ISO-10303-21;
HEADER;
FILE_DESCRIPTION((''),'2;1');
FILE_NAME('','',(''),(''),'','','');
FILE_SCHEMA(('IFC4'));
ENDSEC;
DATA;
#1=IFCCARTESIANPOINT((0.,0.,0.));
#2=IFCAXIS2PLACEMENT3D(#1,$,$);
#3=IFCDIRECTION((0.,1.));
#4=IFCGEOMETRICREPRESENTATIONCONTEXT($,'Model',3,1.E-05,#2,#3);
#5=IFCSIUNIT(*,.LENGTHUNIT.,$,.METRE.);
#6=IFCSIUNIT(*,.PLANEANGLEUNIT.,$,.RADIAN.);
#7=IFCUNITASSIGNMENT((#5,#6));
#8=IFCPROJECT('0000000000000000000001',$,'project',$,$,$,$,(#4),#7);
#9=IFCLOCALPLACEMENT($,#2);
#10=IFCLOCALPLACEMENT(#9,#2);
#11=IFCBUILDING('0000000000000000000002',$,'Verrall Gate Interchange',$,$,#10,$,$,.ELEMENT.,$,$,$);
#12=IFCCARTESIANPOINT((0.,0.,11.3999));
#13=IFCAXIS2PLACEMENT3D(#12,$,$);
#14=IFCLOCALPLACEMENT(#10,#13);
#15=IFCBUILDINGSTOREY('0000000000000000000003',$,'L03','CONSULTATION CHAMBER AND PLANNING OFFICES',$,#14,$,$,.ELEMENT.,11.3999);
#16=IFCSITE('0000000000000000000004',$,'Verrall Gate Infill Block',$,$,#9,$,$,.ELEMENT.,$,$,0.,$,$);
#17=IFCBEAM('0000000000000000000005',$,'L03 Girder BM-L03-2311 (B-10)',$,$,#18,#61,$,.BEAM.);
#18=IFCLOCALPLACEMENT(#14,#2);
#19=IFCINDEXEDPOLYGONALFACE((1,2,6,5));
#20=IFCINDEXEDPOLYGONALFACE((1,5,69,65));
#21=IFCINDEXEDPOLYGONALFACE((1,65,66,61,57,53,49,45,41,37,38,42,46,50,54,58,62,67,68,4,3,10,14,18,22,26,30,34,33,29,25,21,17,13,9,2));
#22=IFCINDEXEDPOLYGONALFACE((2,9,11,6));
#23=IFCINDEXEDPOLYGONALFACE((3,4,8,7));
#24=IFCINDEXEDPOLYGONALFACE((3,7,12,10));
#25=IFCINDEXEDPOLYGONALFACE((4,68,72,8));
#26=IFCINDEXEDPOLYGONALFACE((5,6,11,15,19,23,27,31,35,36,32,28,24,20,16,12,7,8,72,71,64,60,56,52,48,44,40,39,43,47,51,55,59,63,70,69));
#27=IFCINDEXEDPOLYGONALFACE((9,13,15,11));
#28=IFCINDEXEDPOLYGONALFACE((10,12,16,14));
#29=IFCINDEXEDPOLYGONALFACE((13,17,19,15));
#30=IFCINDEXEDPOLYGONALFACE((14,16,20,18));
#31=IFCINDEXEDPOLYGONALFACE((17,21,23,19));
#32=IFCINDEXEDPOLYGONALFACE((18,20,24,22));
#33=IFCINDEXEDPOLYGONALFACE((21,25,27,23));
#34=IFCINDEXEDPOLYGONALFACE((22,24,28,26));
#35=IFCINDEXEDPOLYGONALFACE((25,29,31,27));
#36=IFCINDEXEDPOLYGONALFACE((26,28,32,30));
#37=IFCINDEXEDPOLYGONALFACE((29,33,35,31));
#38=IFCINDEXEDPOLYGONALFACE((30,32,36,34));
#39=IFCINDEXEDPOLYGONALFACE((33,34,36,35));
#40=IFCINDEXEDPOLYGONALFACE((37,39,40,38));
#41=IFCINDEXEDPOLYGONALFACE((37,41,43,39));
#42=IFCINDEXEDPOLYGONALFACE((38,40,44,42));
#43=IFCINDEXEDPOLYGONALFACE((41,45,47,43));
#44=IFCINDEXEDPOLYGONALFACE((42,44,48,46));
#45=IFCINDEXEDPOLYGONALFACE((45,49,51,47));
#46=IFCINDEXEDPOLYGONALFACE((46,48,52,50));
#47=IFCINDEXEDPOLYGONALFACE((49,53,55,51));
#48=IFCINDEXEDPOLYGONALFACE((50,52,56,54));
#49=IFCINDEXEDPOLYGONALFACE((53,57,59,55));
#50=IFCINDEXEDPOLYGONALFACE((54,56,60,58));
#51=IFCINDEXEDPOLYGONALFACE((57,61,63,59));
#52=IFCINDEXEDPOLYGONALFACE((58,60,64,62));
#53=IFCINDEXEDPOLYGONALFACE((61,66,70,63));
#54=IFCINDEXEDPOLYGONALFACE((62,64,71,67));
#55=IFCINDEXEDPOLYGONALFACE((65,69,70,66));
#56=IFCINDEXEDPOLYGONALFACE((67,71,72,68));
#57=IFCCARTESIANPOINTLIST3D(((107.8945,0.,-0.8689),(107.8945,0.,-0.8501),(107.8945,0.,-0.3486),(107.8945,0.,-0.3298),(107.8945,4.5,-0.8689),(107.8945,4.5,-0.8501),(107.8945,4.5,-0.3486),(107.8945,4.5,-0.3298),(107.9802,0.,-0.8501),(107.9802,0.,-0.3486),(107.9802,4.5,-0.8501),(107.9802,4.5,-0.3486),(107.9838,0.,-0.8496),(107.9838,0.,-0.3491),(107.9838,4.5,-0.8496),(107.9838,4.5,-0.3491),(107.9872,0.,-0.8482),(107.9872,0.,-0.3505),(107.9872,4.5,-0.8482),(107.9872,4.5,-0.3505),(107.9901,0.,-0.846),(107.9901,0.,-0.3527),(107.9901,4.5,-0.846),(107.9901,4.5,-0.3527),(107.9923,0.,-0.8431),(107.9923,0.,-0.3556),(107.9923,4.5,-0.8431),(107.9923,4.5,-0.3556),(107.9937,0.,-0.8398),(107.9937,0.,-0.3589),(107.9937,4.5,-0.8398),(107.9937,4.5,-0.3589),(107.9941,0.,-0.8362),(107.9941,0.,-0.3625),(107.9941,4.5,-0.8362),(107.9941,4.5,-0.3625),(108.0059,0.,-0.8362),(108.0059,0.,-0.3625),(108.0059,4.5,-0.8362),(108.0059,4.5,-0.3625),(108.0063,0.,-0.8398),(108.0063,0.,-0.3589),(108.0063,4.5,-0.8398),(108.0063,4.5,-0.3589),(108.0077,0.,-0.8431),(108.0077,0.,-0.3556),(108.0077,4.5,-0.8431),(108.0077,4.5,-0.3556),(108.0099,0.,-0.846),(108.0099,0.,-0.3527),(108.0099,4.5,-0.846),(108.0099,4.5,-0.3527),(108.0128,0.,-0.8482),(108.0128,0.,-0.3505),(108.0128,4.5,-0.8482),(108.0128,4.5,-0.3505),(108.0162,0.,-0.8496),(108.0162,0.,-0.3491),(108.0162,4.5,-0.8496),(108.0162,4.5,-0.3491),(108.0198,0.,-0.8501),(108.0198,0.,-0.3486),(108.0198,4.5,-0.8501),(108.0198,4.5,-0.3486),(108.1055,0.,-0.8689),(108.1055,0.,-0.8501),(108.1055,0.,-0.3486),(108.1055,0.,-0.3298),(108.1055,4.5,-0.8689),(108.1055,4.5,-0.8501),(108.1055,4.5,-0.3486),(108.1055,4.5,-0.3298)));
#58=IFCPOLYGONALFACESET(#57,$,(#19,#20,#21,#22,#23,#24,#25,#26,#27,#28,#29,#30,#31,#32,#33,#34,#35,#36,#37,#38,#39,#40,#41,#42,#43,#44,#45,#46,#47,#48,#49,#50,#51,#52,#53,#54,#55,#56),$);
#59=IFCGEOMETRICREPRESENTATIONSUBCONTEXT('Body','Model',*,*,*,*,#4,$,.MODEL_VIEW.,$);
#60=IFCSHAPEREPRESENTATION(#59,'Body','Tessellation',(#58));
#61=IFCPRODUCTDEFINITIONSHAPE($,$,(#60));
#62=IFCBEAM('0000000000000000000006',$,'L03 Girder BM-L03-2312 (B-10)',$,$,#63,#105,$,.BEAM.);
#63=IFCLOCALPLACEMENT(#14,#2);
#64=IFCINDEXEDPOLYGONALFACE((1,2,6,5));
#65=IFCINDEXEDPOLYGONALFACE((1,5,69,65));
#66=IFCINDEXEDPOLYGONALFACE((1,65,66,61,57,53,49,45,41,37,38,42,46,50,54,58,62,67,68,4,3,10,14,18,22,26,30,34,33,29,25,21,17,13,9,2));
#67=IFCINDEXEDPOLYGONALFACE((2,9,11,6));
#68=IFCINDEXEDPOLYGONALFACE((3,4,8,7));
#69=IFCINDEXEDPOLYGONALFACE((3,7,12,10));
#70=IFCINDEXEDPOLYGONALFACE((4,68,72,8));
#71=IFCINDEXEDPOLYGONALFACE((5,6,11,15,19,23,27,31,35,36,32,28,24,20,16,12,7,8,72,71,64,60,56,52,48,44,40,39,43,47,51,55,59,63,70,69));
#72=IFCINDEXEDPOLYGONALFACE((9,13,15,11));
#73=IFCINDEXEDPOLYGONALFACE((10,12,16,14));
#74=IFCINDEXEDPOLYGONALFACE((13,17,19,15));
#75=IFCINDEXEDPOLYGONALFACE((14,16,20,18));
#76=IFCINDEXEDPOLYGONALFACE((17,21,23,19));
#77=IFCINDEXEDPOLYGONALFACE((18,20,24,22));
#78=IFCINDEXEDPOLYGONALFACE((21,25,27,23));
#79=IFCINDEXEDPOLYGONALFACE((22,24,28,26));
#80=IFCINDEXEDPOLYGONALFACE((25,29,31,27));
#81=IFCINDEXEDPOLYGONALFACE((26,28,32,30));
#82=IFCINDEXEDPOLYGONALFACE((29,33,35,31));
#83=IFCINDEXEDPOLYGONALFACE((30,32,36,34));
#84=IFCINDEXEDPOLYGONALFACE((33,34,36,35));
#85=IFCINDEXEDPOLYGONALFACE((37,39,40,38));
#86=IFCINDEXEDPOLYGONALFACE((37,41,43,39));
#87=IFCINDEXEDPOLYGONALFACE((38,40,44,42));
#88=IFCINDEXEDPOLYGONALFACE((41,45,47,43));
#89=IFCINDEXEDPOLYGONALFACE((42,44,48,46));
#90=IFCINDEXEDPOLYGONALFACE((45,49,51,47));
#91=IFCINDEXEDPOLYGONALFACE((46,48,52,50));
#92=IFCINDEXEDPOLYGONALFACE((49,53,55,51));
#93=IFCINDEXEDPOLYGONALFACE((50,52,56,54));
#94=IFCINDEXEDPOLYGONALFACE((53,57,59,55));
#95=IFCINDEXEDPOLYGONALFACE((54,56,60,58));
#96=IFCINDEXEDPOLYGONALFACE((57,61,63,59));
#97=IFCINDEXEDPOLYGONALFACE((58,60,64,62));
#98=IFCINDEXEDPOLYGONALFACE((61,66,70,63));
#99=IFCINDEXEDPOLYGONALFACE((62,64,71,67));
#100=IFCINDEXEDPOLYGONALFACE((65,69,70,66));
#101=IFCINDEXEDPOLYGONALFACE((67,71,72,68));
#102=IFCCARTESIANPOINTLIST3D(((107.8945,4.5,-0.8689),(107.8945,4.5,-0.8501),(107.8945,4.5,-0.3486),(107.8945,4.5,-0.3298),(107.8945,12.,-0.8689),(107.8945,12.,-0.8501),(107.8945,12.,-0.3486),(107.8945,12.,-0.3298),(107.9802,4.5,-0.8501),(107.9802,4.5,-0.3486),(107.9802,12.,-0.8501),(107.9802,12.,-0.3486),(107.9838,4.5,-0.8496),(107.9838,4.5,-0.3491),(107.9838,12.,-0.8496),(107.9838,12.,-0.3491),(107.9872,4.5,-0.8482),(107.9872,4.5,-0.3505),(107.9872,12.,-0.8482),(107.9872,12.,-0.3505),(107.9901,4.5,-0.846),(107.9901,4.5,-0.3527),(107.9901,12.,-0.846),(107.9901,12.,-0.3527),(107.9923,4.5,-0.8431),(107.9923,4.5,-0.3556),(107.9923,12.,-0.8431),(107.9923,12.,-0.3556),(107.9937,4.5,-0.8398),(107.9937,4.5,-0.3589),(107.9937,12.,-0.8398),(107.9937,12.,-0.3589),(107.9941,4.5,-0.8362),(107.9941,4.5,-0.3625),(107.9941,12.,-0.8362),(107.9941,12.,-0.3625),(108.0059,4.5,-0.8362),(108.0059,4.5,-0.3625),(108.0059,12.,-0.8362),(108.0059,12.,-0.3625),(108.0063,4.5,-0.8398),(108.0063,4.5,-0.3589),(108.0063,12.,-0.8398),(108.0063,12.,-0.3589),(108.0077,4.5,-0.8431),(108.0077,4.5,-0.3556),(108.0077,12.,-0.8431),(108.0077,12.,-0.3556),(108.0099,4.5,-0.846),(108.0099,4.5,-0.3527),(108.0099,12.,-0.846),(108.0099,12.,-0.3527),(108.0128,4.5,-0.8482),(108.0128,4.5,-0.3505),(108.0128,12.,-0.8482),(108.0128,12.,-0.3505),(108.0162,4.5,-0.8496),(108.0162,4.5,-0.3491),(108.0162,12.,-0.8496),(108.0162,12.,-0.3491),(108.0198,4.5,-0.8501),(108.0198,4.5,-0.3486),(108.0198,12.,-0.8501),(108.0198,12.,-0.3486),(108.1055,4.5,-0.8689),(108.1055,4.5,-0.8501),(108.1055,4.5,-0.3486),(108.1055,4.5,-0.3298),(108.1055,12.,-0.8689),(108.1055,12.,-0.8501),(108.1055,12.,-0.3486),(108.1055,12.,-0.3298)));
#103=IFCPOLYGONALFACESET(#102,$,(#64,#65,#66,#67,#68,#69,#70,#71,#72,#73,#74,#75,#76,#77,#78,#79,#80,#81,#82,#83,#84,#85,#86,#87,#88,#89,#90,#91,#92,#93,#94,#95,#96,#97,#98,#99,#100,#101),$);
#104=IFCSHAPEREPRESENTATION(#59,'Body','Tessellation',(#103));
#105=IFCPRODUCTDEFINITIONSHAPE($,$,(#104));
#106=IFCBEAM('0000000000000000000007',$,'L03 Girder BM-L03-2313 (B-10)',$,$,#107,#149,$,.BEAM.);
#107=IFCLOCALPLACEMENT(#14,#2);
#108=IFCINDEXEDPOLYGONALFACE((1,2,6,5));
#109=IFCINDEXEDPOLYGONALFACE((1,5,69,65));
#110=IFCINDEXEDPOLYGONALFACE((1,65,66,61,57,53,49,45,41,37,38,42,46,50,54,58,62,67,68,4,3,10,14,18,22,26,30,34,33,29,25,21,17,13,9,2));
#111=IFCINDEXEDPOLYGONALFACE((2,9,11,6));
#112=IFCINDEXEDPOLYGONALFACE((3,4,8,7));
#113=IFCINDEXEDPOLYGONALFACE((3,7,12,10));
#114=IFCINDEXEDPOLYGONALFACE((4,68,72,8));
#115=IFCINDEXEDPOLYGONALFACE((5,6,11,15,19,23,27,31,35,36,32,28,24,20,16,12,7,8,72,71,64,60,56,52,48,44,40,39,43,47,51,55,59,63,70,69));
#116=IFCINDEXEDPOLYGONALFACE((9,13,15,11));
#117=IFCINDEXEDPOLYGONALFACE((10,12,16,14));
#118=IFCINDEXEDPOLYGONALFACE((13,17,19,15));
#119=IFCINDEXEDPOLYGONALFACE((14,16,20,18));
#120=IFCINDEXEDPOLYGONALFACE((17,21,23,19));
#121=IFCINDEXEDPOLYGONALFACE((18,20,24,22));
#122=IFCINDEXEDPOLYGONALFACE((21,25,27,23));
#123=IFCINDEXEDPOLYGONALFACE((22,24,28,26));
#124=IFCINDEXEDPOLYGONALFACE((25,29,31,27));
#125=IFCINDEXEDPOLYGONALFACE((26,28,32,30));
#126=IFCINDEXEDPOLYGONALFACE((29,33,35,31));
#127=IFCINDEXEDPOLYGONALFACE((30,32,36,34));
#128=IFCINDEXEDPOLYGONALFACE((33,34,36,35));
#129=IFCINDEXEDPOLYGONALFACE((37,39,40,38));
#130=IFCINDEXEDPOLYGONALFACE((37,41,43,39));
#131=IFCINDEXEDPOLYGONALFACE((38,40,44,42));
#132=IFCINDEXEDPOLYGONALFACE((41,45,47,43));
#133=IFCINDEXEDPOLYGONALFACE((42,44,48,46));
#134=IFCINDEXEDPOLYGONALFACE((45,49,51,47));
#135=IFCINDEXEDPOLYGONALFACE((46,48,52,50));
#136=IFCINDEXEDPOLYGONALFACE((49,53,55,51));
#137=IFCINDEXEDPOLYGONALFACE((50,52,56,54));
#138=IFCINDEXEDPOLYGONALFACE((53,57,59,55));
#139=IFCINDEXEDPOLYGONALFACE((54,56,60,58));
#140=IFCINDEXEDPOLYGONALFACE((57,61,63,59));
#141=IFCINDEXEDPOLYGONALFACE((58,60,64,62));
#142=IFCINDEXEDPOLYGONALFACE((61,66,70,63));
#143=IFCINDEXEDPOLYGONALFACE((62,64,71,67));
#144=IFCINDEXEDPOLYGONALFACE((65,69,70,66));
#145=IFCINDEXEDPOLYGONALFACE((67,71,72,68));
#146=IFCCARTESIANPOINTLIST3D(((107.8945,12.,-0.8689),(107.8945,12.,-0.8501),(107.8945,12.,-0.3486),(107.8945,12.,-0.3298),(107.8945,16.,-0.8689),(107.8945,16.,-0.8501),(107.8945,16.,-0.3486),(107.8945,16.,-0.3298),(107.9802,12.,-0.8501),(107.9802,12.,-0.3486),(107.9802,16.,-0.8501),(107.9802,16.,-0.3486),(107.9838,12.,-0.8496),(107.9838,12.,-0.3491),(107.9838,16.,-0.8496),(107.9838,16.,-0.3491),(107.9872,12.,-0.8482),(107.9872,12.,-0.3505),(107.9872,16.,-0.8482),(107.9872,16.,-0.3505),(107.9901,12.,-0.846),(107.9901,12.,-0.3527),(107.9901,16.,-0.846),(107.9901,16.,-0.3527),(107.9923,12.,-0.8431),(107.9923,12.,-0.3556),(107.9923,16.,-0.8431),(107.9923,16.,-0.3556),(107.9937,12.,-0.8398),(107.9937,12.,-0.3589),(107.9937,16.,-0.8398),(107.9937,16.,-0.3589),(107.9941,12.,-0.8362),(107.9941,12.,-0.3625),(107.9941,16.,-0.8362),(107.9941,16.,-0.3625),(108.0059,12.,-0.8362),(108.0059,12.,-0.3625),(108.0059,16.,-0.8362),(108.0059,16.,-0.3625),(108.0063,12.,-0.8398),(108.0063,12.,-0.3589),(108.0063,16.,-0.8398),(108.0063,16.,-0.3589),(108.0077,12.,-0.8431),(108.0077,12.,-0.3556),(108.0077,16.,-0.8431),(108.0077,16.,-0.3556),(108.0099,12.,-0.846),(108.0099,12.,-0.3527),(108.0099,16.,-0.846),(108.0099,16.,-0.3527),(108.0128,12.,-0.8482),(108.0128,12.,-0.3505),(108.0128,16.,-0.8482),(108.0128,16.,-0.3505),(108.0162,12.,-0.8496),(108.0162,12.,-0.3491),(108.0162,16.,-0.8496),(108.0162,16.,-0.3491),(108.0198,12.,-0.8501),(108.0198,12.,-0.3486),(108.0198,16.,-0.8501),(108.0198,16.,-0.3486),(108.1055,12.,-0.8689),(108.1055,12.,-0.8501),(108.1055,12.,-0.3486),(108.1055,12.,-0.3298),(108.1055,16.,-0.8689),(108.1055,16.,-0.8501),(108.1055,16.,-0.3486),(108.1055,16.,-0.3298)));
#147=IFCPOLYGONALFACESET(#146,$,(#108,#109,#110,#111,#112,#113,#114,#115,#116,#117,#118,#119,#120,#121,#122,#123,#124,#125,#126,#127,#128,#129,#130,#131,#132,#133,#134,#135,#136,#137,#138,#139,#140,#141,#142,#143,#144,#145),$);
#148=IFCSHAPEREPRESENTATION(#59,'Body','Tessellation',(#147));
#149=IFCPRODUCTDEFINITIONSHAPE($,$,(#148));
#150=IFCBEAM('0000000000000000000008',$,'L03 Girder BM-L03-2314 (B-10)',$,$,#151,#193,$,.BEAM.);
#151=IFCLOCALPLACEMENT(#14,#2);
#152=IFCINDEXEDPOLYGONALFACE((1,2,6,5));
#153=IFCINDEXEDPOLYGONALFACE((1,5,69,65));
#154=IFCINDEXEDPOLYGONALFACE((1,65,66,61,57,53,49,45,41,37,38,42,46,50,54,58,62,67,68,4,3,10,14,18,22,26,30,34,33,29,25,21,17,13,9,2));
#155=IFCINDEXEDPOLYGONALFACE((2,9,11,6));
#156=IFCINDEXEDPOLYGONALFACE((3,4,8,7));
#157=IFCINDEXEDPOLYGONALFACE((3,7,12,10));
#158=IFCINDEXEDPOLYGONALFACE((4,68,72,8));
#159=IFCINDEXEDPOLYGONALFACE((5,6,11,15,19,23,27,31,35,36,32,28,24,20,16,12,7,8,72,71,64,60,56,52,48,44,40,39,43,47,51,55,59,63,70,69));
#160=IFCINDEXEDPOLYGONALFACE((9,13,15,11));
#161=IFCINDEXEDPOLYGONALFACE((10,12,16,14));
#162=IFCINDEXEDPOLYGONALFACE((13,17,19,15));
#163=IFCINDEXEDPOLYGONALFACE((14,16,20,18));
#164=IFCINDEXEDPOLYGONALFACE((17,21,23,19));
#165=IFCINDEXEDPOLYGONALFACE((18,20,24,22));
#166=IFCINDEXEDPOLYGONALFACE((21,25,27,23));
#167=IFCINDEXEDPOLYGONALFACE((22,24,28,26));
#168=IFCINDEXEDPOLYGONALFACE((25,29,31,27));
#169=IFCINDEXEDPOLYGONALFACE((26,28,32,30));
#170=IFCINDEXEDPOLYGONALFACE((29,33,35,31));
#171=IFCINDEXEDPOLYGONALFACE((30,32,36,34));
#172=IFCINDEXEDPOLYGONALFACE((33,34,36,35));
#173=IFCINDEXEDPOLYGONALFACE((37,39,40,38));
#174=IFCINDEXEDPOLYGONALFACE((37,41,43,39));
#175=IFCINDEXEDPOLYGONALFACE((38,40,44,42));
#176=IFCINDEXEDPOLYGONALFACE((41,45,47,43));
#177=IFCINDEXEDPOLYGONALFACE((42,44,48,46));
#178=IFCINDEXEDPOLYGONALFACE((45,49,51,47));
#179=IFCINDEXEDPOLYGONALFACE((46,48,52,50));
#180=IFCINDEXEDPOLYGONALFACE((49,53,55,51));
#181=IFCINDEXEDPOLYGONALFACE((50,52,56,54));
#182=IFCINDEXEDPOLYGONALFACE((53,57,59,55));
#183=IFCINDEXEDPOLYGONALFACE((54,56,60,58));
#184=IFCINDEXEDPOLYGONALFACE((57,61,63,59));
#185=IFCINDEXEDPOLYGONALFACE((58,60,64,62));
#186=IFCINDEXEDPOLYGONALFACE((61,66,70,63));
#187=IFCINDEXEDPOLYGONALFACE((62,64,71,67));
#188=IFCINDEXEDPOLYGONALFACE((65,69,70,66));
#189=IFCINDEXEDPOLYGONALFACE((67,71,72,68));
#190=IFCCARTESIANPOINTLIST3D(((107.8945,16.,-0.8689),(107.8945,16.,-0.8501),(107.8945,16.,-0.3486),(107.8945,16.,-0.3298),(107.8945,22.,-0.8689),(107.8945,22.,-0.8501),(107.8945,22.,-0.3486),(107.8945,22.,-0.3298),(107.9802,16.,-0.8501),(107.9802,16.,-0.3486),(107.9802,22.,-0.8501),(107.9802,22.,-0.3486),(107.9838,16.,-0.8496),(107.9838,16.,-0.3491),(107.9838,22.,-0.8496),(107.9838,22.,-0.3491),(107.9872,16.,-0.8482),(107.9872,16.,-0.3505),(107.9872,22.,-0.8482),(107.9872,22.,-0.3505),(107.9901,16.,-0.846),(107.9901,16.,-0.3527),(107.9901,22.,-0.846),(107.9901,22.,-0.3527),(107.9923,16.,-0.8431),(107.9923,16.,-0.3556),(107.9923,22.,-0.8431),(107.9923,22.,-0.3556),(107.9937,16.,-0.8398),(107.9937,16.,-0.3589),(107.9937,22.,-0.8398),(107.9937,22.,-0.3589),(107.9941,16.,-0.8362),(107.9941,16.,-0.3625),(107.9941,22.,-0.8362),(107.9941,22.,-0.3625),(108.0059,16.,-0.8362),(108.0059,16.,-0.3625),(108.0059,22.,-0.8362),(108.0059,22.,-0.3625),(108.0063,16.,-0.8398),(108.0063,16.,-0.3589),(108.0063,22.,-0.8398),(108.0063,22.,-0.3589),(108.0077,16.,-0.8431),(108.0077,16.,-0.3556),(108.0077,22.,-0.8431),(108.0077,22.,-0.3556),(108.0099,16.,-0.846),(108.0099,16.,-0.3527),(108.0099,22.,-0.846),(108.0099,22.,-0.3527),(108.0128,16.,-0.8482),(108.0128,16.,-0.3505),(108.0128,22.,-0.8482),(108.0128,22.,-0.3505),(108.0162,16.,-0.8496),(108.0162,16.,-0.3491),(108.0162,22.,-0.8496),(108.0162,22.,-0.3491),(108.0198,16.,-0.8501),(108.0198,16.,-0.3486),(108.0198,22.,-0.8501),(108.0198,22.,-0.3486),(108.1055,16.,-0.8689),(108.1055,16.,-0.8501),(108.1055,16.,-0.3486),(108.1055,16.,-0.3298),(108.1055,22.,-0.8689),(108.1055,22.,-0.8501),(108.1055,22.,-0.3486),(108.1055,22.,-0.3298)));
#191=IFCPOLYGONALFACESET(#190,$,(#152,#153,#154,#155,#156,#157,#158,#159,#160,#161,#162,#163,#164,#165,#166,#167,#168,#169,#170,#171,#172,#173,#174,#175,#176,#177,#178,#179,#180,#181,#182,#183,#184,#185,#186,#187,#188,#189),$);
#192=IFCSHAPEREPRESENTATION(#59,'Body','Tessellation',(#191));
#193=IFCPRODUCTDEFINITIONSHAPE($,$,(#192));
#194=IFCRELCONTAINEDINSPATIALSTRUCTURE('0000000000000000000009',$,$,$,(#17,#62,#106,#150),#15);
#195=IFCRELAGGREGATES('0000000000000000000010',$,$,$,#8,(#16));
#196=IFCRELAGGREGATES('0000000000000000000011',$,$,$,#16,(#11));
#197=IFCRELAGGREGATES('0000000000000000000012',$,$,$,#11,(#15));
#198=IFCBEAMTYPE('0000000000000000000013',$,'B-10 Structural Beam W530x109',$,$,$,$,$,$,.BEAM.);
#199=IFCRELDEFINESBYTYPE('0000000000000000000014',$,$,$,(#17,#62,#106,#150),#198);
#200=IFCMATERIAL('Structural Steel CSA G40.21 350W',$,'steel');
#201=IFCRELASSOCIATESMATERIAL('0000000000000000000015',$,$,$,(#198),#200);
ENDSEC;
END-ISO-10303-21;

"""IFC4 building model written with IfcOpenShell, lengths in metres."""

from ifc_helpers import new_model, si_unit, direction, frame, origin, origin_2d, place, context, subcontext, project, spatial, i_section, extrude, material, material_profile, profile_set, type_object, element, save


model = new_model("IFC4")

# Units and contexts
model_context = context("Model", 3, precision=1e-05, world=origin(), true_north=direction((0.0, 1.0)))
body_context = subcontext(model_context, "Body", "Model", "MODEL_VIEW")
ifc_project = project(units=[si_unit("LENGTHUNIT", "METRE"), si_unit("PLANEANGLEUNIT", "RADIAN")], contexts=[model_context])

# Site, building, storey
site_placement = place(None, origin())
site = spatial("IfcSite", under=ifc_project, at=site_placement, Name="Verrall Gate Infill Block", CompositionType="ELEMENT", RefElevation=0.0)
building_placement = place(site_placement, origin())
building = spatial("IfcBuilding", under=site, at=building_placement, Name="Verrall Gate Interchange", CompositionType="ELEMENT")
storey_placement = place(building_placement, frame((0.0, 0.0, 11.3999)))
storey = spatial("IfcBuildingStorey", under=building, at=storey_placement, Name="L03", Description="CONSULTATION CHAMBER AND PLANNING OFFICES", CompositionType="ELEMENT", Elevation=11.3999)

# Beams
ifc_material_1 = material(Name="Structural Steel CSA G40.21 350W", Category="steel")
ifc_material_profile_1 = material_profile(ifc_material_1, i_section(OverallWidth=0.2109, OverallDepth=0.5391, WebThickness=0.0117, FlangeThickness=0.0188, FilletRadius=0.0139, at=origin_2d()), Name="W530x109")
ifc_profile_set_1 = profile_set([ifc_material_profile_1], Name="Structural Steel CSA G40.21 350W")
beam_type_1 = type_object("IfcBeamType", Name="B-10 Structural Beam W530x109", PredefinedType="BEAM", material=ifc_profile_set_1)
beam_1_placement = place(storey_placement, frame((108.0, 0.0, -0.5994), z_axis=(0.0, 1.0, 0.0), x_axis=(-1.0, 0.0, 0.0)))
element("IfcBeam", 1, at=beam_1_placement, inside=storey, type_object=beam_type_1, Name="L03 Girder BM-L03-2311 (B-10)", PredefinedType="BEAM", context=body_context, shape_type="SweptSolid", body=[
    extrude(i_section(OverallWidth=0.2109, OverallDepth=0.5391, WebThickness=0.0117, FlangeThickness=0.0188, FilletRadius=0.0139, at=origin_2d()), origin(), (0.0, 0.0, 1.0), 4.5),
])
beam_2_placement = place(storey_placement, frame((108.0, 4.5, -0.5994), z_axis=(0.0, 1.0, 0.0), x_axis=(-1.0, 0.0, 0.0)))
element("IfcBeam", 2, at=beam_2_placement, inside=storey, type_object=beam_type_1, Name="L03 Girder BM-L03-2312 (B-10)", PredefinedType="BEAM", context=body_context, shape_type="SweptSolid", body=[
    extrude(i_section(OverallWidth=0.2109, OverallDepth=0.5391, WebThickness=0.0117, FlangeThickness=0.0188, FilletRadius=0.0139, at=origin_2d()), origin(), (0.0, 0.0, 1.0), 7.5),
])
beam_3_placement = place(storey_placement, frame((108.0, 12.0, -0.5994), z_axis=(0.0, 1.0, 0.0), x_axis=(-1.0, 0.0, 0.0)))
element("IfcBeam", 3, at=beam_3_placement, inside=storey, type_object=beam_type_1, Name="L03 Girder BM-L03-2313 (B-10)", PredefinedType="BEAM", context=body_context, shape_type="SweptSolid", body=[
    extrude(i_section(OverallWidth=0.2109, OverallDepth=0.5391, WebThickness=0.0117, FlangeThickness=0.0188, FilletRadius=0.0139, at=origin_2d()), origin(), (0.0, 0.0, 1.0), 4.0),
])
beam_4_placement = place(storey_placement, frame((108.0, 16.0, -0.5994), z_axis=(0.0, 1.0, 0.0), x_axis=(-1.0, 0.0, 0.0)))
element("IfcBeam", 4, at=beam_4_placement, inside=storey, type_object=beam_type_1, Name="L03 Girder BM-L03-2314 (B-10)", PredefinedType="BEAM", context=body_context, shape_type="SweptSolid", body=[
    extrude(i_section(OverallWidth=0.2109, OverallDepth=0.5391, WebThickness=0.0117, FlangeThickness=0.0188, FilletRadius=0.0139, at=origin_2d()), origin(), (0.0, 0.0, 1.0), 6.0),
])

save(model, "model.ifc")
